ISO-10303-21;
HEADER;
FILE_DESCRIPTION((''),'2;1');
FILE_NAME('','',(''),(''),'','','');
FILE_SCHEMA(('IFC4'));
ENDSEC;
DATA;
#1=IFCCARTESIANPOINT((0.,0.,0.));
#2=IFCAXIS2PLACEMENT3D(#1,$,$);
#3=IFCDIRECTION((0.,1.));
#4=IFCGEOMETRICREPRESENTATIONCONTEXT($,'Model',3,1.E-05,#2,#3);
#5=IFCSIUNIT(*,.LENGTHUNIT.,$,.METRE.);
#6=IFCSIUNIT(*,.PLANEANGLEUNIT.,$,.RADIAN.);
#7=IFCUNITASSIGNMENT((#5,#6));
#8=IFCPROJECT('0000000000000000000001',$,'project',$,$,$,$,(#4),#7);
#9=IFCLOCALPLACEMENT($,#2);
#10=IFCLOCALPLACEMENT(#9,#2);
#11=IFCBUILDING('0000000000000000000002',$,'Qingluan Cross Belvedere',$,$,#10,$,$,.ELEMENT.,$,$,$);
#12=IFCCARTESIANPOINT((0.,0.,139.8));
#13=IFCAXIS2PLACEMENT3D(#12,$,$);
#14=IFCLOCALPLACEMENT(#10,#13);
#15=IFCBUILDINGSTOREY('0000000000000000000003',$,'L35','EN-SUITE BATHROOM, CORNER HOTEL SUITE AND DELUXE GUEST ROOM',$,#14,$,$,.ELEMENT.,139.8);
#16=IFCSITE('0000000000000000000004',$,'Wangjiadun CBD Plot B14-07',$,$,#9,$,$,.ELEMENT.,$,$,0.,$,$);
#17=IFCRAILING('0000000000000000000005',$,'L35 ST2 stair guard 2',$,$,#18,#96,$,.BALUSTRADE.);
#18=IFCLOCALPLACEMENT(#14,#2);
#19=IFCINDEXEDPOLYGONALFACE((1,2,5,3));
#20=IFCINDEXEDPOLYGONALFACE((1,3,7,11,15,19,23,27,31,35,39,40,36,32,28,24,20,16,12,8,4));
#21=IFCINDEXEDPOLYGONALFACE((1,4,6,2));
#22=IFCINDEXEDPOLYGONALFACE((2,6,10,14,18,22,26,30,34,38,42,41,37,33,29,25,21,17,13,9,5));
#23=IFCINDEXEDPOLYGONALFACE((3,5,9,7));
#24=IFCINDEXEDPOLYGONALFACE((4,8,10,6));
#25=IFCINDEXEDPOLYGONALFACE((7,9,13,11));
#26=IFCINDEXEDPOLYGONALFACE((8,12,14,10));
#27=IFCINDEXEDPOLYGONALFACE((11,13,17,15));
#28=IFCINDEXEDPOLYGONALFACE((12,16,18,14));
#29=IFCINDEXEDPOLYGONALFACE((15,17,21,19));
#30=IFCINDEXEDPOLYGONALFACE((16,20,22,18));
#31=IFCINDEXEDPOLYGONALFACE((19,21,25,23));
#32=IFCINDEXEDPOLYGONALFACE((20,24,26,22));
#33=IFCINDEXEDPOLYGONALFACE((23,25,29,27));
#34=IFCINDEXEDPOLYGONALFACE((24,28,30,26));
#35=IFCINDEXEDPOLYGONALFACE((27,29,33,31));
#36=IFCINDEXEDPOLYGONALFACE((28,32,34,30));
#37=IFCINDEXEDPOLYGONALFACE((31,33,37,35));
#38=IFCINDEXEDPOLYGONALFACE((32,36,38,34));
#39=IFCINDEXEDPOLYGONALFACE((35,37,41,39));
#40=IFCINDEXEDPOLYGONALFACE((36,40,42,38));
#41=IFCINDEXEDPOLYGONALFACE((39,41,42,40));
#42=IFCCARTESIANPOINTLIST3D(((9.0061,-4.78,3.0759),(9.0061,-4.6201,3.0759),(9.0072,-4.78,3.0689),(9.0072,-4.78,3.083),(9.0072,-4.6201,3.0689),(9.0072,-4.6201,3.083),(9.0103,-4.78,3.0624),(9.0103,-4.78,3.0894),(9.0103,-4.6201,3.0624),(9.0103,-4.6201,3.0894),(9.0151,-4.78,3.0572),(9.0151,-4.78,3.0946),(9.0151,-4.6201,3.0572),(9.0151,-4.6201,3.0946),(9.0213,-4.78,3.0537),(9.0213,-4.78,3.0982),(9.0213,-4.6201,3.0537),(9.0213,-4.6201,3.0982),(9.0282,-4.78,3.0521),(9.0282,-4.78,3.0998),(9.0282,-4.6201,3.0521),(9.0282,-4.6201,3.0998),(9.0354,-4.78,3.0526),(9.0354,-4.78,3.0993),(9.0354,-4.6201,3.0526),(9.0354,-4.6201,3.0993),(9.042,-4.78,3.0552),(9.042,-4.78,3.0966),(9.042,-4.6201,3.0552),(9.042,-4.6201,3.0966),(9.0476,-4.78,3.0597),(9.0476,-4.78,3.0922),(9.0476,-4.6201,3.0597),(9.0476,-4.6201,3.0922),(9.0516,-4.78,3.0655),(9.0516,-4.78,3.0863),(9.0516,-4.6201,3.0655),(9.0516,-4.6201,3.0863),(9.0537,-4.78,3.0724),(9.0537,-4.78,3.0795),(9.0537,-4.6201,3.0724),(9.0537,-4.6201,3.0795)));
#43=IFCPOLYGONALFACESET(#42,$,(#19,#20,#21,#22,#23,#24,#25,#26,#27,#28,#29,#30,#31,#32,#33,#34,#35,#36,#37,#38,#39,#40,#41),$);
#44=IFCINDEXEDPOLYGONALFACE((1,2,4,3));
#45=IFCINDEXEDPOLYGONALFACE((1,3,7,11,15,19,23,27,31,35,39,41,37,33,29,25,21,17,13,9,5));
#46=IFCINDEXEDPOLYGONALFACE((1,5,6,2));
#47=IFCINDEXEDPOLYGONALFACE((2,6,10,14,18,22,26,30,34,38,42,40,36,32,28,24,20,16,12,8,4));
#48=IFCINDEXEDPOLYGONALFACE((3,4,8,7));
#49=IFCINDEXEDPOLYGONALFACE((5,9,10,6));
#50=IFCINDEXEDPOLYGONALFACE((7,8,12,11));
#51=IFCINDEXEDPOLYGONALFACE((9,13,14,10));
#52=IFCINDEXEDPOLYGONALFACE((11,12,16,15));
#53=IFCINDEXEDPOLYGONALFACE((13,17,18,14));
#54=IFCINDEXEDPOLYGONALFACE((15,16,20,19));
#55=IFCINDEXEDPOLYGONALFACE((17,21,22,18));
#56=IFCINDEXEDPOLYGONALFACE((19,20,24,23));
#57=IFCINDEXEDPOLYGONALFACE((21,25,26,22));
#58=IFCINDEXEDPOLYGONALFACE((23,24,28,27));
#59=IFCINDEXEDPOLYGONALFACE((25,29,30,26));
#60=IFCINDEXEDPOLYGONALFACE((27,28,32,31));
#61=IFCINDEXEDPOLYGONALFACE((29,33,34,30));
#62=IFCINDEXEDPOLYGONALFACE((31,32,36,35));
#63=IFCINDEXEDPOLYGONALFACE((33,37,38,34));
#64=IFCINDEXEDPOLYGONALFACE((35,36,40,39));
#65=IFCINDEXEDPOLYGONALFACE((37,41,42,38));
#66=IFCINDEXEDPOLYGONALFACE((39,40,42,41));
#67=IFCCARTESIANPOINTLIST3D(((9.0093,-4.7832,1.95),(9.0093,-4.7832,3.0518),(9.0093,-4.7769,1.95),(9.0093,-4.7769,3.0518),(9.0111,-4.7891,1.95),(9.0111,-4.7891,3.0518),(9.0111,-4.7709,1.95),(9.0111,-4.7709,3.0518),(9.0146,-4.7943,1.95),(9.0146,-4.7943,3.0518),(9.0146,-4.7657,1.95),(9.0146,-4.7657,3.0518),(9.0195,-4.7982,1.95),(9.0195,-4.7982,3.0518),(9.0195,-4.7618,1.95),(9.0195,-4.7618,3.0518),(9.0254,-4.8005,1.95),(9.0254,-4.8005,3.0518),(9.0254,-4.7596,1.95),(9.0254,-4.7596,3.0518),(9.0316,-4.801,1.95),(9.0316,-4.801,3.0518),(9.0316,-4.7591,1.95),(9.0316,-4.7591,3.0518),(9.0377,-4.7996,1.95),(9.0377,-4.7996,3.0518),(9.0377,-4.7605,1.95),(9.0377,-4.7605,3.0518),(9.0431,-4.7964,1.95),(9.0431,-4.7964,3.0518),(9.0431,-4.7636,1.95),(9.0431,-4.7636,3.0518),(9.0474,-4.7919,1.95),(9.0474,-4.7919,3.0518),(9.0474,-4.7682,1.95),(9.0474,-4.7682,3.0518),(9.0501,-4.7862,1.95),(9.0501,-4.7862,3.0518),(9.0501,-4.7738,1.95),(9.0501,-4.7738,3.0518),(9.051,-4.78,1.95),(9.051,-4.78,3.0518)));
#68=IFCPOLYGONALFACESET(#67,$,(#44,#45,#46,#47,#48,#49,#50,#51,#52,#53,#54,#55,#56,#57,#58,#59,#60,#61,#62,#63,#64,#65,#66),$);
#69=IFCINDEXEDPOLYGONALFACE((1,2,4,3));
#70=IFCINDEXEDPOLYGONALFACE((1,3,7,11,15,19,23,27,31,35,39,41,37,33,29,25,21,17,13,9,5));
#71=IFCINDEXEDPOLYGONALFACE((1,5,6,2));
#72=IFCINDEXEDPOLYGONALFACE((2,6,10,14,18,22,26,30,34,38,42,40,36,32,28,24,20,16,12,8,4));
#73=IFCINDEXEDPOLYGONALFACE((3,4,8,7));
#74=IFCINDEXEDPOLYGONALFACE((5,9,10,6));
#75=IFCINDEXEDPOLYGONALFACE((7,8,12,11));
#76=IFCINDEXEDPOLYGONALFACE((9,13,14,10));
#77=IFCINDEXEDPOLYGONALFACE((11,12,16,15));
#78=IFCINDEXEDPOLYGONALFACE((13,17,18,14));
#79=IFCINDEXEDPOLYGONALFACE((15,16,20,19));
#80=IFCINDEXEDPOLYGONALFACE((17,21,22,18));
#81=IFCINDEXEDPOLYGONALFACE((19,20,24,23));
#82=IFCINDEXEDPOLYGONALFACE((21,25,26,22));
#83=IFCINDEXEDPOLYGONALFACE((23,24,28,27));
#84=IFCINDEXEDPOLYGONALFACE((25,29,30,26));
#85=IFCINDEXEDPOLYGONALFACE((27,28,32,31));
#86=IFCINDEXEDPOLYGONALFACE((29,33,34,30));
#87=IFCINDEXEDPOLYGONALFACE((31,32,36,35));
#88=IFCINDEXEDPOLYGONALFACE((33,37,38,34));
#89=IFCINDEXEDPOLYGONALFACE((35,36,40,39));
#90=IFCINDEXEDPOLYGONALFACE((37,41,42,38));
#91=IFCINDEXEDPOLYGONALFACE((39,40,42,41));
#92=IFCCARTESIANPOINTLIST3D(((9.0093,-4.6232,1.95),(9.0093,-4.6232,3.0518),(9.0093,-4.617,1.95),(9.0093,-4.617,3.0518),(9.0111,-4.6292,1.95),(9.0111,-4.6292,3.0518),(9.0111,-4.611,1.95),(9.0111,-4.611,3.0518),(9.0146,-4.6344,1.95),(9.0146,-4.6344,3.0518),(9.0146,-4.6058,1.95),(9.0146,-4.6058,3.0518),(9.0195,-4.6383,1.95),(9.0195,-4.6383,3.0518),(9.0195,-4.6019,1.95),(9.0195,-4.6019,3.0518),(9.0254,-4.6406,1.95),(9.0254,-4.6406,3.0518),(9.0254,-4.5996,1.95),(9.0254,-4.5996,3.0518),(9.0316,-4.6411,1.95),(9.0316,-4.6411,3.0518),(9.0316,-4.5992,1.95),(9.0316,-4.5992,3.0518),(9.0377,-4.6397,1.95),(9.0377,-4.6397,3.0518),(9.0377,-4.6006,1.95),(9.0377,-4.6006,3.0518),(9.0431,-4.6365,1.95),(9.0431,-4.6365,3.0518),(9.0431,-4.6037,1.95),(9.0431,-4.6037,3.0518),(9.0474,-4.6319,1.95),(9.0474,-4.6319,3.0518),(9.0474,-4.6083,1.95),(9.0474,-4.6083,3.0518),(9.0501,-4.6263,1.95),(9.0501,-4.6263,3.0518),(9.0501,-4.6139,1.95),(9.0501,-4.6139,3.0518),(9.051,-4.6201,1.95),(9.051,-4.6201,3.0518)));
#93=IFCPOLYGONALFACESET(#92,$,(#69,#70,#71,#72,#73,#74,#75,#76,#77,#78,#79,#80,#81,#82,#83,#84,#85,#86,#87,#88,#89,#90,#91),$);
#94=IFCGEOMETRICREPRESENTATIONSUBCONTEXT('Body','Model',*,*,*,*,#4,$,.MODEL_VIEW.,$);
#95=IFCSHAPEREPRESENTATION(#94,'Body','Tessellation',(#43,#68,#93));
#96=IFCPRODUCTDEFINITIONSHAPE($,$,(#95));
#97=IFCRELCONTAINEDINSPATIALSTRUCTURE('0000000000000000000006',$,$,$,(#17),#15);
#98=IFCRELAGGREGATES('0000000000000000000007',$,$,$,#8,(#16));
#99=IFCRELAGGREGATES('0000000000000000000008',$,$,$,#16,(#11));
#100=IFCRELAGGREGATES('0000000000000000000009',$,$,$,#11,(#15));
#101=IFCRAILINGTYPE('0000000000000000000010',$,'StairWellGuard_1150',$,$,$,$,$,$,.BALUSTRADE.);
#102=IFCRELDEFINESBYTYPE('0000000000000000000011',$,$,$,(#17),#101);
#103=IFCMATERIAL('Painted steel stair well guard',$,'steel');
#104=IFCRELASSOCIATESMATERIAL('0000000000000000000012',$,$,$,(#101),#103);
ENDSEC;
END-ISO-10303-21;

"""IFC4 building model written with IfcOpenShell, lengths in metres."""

from ifc_helpers import new_model, si_unit, direction, frame, origin, origin_2d, place, context, subcontext, project, spatial, circle, extrude, material, type_object, element, save


model = new_model("IFC4")

# Units and contexts
model_context = context("Model", 3, precision=1e-05, world=origin(), true_north=direction((0.0, 1.0)))
body_context = subcontext(model_context, "Body", "Model", "MODEL_VIEW")
ifc_project = project(units=[si_unit("LENGTHUNIT", "METRE"), si_unit("PLANEANGLEUNIT", "RADIAN")], contexts=[model_context])

# Site, building, storey
site_placement = place(None, origin())
site = spatial("IfcSite", under=ifc_project, at=site_placement, Name="Wangjiadun CBD Plot B14-07", CompositionType="ELEMENT", RefElevation=0.0)
building_placement = place(site_placement, origin())
building = spatial("IfcBuilding", under=site, at=building_placement, Name="Qingluan Cross Belvedere", CompositionType="ELEMENT")
storey_placement = place(building_placement, frame((0.0, 0.0, 139.8)))
storey = spatial("IfcBuildingStorey", under=building, at=storey_placement, Name="L35", Description="EN-SUITE BATHROOM, CORNER HOTEL SUITE AND DELUXE GUEST ROOM", CompositionType="ELEMENT", Elevation=139.8)

# Railing
ifc_material_1 = material(Name="Painted steel stair well guard", Category="steel")
railing_type_1 = type_object("IfcRailingType", Name="StairWellGuard_1150", PredefinedType="BALUSTRADE", material=ifc_material_1)
railing_1_placement = place(storey_placement, frame((9.03, -4.78, 1.95)))
element("IfcRailing", 1, at=railing_1_placement, inside=storey, type_object=railing_type_1, Name="L35 ST2 stair guard 2", PredefinedType="BALUSTRADE", context=body_context, shape_type="SweptSolid", body=[
    extrude(circle(Radius=0.0239, at=origin_2d()), frame((0.0, 0.0, 1.126), z_axis=(0.0, 1.0, 0.0), x_axis=(-1.0, 0.0, 0.0)), (0.0, 0.0, 1.0), 0.1599),
    extrude(circle(Radius=0.021, at=origin_2d()), origin(), (0.0, 0.0, 1.0), 1.1018),
    extrude(circle(Radius=0.021, at=origin_2d()), frame((0.0, 0.1599, 0.0)), (0.0, 0.0, 1.0), 1.1018),
])

save(model, "model.ifc")
